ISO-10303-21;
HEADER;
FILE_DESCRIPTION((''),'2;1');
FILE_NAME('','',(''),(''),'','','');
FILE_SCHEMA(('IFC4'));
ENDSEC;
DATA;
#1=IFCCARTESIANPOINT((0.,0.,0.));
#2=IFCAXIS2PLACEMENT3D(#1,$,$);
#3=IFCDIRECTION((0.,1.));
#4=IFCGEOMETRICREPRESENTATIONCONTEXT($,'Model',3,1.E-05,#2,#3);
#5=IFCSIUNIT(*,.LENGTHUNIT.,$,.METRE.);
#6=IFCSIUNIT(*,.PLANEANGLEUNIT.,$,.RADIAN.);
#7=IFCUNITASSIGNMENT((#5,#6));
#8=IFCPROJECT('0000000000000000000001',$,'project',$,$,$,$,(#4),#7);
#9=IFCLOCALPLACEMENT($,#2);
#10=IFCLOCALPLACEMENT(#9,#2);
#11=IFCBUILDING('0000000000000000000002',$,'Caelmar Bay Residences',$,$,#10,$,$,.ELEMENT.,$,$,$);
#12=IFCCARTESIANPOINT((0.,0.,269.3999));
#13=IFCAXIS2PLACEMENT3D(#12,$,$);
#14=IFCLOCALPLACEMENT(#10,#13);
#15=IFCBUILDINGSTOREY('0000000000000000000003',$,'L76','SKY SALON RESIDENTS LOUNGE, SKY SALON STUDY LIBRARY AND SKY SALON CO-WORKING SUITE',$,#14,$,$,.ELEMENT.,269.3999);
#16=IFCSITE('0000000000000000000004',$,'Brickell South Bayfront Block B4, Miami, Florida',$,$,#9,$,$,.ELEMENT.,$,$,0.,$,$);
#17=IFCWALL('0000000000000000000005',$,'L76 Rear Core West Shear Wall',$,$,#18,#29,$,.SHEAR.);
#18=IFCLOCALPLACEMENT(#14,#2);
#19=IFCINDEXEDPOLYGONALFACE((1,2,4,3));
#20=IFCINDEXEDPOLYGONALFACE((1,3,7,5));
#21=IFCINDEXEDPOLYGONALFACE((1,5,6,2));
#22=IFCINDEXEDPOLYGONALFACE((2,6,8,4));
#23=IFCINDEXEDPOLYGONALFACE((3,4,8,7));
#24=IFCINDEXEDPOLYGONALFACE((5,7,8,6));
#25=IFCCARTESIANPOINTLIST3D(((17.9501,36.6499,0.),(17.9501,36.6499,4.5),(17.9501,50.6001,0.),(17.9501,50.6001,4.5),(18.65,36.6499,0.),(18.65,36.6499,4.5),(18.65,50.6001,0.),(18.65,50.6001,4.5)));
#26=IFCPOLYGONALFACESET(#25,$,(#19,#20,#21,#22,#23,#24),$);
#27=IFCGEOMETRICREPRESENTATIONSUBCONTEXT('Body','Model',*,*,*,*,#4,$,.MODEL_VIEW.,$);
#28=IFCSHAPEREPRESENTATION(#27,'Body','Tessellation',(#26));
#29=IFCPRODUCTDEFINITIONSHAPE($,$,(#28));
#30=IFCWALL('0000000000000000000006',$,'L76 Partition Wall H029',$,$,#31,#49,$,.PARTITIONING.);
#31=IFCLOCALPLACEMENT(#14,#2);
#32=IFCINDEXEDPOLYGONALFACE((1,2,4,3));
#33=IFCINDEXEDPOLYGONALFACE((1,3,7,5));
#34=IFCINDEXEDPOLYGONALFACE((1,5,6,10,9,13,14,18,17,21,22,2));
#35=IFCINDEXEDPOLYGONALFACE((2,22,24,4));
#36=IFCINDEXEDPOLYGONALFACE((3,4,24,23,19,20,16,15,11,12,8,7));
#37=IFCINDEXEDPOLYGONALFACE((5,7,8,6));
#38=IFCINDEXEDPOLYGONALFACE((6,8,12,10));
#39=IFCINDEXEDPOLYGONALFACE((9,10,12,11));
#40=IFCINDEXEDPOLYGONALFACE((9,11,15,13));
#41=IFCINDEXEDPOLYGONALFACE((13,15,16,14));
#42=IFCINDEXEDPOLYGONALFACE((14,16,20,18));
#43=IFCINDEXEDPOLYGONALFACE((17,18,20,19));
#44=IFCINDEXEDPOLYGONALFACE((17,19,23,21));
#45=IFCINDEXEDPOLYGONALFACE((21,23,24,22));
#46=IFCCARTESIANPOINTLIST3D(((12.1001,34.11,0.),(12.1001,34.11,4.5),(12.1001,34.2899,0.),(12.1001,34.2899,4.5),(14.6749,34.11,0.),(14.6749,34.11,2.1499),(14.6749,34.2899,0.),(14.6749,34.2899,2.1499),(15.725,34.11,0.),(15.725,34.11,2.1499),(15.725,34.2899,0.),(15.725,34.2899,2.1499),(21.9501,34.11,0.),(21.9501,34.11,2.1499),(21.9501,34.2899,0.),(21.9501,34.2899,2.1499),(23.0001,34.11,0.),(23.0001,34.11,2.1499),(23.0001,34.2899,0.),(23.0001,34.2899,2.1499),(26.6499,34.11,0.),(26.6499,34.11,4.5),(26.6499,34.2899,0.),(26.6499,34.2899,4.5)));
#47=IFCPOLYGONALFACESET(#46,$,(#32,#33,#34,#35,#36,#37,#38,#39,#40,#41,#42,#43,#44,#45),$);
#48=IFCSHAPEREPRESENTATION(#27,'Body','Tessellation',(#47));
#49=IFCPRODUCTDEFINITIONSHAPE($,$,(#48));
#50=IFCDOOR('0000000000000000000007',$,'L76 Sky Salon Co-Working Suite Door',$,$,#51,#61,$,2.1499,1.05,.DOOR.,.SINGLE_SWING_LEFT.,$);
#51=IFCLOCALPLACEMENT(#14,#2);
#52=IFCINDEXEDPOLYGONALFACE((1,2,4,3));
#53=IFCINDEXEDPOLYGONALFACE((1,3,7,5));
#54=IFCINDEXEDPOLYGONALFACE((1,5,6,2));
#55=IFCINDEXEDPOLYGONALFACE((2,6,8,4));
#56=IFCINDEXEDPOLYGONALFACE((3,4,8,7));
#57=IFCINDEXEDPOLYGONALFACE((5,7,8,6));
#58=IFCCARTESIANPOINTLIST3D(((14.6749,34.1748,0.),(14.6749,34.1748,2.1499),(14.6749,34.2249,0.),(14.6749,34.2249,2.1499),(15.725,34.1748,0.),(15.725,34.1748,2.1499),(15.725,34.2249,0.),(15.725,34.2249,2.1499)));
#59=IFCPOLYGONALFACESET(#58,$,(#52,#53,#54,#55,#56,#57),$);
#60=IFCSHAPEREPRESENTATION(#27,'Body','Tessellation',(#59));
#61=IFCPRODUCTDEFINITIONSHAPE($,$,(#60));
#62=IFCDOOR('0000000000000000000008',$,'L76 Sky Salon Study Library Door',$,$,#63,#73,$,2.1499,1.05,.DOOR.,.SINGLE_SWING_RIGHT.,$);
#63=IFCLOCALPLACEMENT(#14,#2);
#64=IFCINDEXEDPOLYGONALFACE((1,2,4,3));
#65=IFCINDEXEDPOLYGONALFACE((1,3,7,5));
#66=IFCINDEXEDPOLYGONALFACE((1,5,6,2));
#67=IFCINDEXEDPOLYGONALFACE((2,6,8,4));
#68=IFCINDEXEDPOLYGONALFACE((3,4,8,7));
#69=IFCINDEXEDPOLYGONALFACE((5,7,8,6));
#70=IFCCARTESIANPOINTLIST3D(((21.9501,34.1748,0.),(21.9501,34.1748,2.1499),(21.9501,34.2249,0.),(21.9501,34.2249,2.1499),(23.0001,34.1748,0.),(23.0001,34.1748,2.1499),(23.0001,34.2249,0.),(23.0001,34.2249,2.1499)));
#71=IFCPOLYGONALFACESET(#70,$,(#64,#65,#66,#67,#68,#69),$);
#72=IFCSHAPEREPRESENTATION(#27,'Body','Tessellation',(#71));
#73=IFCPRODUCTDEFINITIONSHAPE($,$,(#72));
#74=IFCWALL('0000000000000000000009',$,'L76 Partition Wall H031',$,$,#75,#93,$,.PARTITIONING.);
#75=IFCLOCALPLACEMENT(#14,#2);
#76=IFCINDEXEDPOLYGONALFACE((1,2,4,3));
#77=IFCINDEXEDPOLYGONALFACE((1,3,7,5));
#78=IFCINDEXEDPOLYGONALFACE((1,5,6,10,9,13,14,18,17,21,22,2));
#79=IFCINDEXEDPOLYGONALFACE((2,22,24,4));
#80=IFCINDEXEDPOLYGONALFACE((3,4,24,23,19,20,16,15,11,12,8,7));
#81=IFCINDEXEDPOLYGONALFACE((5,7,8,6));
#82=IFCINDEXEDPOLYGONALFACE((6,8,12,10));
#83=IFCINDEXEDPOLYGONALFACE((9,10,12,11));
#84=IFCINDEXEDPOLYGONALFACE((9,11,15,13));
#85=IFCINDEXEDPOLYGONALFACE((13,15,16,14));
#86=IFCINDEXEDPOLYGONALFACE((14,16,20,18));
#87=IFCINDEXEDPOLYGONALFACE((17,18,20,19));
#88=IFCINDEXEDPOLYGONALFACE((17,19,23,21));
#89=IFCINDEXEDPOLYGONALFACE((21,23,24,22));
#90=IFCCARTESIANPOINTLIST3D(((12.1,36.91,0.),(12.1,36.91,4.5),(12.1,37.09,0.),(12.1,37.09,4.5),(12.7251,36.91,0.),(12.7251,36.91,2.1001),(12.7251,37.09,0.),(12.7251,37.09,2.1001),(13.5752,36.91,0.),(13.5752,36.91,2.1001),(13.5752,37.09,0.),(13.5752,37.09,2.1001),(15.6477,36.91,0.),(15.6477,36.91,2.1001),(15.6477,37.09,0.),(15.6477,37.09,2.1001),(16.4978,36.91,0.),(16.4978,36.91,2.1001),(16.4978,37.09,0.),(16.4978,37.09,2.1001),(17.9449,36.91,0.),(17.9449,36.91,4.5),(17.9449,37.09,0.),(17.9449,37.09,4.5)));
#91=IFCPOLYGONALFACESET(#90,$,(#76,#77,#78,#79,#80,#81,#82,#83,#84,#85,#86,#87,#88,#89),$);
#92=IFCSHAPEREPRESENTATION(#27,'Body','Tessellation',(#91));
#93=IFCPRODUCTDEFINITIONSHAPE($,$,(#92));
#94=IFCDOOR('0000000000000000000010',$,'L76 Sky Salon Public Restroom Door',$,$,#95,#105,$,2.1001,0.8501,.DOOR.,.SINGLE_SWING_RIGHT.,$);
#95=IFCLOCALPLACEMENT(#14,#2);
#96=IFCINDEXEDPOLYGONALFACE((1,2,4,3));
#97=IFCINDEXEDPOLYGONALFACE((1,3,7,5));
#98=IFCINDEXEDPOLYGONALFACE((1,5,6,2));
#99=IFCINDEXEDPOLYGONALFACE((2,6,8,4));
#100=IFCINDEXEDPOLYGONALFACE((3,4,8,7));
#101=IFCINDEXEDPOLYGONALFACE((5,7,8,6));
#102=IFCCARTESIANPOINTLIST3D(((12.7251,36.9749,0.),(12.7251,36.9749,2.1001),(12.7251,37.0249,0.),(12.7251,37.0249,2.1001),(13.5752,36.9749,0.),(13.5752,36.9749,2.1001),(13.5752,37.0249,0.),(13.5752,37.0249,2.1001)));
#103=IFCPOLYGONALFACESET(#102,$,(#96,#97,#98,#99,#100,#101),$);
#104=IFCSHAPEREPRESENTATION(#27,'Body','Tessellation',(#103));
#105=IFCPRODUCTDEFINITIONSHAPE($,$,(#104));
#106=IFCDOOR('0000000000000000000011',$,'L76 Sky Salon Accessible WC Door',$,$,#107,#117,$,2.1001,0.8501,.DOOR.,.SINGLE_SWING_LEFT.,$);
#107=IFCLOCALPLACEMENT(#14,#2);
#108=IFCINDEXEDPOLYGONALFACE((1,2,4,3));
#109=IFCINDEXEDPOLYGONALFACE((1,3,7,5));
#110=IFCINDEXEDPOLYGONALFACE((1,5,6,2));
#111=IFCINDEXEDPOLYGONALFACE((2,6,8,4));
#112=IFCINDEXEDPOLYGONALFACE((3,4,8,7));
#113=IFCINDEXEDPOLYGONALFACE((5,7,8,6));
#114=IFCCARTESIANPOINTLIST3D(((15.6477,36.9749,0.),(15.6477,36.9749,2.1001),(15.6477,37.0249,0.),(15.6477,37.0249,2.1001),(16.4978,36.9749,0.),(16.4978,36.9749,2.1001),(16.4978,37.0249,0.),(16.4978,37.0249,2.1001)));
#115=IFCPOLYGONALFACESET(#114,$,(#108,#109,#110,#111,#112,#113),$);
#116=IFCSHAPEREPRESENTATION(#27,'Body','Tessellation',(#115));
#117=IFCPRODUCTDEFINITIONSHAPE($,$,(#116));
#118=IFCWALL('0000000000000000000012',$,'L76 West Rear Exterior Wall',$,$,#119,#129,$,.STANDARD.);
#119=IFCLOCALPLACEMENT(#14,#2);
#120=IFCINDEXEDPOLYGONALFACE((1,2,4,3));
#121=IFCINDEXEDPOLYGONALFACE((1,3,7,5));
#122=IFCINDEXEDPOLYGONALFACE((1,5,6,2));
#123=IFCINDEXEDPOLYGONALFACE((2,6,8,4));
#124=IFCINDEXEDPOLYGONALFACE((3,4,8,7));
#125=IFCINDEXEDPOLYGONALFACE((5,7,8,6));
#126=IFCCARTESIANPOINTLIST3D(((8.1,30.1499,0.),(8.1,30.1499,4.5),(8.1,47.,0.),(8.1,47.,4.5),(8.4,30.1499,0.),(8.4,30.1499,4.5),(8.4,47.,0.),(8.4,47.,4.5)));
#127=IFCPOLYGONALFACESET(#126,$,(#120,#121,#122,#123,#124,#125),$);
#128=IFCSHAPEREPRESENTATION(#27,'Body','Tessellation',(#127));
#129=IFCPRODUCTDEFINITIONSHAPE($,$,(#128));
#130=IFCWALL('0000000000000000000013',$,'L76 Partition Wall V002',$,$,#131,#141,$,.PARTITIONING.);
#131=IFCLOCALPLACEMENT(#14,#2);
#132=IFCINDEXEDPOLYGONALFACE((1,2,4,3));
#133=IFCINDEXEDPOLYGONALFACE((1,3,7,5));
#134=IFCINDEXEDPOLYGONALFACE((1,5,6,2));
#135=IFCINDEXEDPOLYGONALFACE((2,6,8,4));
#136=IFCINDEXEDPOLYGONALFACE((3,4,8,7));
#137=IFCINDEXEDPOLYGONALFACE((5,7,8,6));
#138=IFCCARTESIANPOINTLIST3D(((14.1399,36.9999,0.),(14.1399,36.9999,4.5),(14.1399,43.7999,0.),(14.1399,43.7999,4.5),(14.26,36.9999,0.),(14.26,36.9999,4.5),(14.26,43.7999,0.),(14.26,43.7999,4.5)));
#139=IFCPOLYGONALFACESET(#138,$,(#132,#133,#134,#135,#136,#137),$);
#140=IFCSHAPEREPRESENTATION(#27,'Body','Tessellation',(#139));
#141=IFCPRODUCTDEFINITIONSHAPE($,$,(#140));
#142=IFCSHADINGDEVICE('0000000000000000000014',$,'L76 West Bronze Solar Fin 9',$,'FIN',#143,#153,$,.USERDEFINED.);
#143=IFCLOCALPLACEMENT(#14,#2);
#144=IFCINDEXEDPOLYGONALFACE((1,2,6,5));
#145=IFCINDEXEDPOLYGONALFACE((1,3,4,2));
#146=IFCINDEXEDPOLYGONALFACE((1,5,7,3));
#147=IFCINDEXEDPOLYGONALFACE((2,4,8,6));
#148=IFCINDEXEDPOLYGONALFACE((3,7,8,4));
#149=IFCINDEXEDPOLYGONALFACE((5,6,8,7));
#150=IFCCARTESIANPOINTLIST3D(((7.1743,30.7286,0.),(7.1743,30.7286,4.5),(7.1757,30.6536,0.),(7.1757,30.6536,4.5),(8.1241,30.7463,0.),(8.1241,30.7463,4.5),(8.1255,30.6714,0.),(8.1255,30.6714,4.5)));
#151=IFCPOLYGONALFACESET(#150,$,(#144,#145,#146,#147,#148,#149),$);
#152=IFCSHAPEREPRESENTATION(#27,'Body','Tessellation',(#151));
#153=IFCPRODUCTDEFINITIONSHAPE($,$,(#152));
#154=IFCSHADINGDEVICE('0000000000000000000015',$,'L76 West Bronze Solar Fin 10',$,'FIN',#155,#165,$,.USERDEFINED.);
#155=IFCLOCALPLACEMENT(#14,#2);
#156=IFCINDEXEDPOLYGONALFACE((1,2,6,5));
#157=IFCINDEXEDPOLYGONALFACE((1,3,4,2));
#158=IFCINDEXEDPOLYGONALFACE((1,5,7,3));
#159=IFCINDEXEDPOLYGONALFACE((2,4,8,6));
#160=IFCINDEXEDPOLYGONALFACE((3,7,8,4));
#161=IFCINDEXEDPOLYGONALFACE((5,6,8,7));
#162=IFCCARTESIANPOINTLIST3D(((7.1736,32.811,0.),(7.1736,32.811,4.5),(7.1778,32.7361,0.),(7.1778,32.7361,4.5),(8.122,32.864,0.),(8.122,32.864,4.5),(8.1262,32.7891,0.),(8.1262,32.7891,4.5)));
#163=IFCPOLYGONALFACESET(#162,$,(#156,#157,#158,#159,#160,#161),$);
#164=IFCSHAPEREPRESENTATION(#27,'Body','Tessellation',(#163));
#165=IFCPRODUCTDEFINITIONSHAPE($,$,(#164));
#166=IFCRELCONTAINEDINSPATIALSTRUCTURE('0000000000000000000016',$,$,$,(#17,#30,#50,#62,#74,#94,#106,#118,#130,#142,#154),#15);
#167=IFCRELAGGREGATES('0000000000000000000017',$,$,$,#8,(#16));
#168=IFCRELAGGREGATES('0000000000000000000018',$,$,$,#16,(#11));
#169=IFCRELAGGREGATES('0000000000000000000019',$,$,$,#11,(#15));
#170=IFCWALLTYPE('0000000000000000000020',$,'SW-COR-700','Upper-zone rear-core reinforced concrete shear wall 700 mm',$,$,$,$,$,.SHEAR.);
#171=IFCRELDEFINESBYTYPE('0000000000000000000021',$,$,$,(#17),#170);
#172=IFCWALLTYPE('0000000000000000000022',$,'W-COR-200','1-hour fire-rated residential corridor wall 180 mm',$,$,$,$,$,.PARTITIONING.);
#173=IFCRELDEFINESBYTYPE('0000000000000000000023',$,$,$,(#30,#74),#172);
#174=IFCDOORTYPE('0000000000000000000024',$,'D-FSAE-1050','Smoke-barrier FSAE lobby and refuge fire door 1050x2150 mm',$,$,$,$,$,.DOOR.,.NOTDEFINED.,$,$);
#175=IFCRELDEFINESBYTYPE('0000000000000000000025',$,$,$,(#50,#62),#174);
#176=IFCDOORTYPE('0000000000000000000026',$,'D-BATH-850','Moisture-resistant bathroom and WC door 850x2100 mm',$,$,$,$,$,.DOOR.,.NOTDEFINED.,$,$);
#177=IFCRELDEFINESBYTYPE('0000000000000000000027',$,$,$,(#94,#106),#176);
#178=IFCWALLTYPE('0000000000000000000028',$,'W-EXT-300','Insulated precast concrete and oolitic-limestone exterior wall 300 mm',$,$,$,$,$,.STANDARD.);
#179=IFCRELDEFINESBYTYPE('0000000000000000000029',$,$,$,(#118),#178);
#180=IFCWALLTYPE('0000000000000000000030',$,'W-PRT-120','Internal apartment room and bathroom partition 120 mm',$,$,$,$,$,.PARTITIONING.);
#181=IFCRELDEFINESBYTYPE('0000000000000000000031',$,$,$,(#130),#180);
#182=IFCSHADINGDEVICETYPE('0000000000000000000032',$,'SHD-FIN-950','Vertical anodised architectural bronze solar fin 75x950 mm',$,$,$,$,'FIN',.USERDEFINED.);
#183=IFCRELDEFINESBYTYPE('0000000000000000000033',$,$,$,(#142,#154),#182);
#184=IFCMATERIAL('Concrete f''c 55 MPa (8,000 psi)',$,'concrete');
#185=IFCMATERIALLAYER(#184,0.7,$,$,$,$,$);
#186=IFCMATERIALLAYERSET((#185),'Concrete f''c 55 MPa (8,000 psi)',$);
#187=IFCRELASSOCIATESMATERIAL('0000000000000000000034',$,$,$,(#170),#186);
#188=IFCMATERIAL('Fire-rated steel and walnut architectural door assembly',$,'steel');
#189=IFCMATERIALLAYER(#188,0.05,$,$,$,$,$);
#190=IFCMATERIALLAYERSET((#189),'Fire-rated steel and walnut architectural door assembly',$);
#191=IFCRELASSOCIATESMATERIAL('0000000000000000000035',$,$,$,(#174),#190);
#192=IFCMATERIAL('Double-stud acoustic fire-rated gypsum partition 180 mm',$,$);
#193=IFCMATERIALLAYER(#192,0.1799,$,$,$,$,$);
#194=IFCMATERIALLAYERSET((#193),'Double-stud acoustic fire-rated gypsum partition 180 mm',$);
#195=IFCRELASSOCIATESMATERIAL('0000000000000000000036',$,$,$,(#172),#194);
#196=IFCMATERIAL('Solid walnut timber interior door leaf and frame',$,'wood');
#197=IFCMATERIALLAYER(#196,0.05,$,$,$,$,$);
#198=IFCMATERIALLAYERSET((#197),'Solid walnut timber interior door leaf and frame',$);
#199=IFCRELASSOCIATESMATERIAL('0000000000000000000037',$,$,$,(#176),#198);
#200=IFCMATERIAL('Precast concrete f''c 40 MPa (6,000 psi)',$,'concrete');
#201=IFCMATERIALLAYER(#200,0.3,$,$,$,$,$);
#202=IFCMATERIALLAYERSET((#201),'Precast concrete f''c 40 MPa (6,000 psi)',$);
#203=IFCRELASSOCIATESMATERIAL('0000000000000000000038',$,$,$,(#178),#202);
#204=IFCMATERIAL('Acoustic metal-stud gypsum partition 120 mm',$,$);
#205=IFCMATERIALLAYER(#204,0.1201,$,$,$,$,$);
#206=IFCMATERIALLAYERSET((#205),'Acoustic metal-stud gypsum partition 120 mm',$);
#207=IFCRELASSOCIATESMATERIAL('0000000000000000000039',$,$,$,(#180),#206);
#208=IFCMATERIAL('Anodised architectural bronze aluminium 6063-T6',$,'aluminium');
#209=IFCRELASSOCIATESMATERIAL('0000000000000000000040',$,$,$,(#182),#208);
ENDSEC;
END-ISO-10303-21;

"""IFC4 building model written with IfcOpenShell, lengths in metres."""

from ifc_helpers import new_model, si_unit, direction, frame, frame_2d, origin, origin_2d, place, context, subcontext, project, spatial, rectangle, extrude, material, layer, layer_set, material_profile, profile_set, type_object, element, fill, save


model = new_model("IFC4")

# Units and contexts
model_context = context("Model", 3, precision=1e-05, world=origin(), true_north=direction((0.0, 1.0)))
body_context = subcontext(model_context, "Body", "Model", "MODEL_VIEW")
ifc_project = project(units=[si_unit("LENGTHUNIT", "METRE"), si_unit("PLANEANGLEUNIT", "RADIAN")], contexts=[model_context])

# Site, building, storey
site_placement = place(None, origin())
site = spatial("IfcSite", under=ifc_project, at=site_placement, Name="Brickell South Bayfront Block B4, Miami, Florida", CompositionType="ELEMENT", RefElevation=0.0)
building_placement = place(site_placement, origin())
building = spatial("IfcBuilding", under=site, at=building_placement, Name="Caelmar Bay Residences", CompositionType="ELEMENT")
storey_placement = place(building_placement, frame((0.0, 0.0, 269.3999)))
storey = spatial("IfcBuildingStorey", under=building, at=storey_placement, Name="L76", Description="SKY SALON RESIDENTS LOUNGE, SKY SALON STUDY LIBRARY AND SKY SALON CO-WORKING SUITE", CompositionType="ELEMENT", Elevation=269.3999)

# Shared definitions
ifc_material_1 = material(Name="Concrete f'c 55 MPa (8,000 psi)", Category="concrete")
ifc_layer_1 = layer(ifc_material_1, 0.7)
ifc_layer_set_1 = layer_set([ifc_layer_1], Name="Concrete f'c 55 MPa (8,000 psi)")
wall_type_1 = type_object("IfcWallType", Name="SW-COR-700", Description="Upper-zone rear-core reinforced concrete shear wall 700 mm", PredefinedType="SHEAR", material=ifc_layer_set_1)
ifc_material_2 = material(Name="Fire-rated steel and walnut architectural door assembly", Category="steel")
ifc_layer_2 = layer(ifc_material_2, 0.05)
ifc_layer_set_2 = layer_set([ifc_layer_2], Name="Fire-rated steel and walnut architectural door assembly")
door_type_1 = type_object("IfcDoorType", Name="D-FSAE-1050", Description="Smoke-barrier FSAE lobby and refuge fire door 1050x2150 mm", OperationType="NOTDEFINED", PredefinedType="DOOR", material=ifc_layer_set_2)

# Wall
wall_1_placement = place(storey_placement, frame((18.3, 36.6499, 0.0), z_axis=(0.0, 0.0, 1.0), x_axis=(0.0, 1.0, 0.0)))
element("IfcWall", 1, at=wall_1_placement, inside=storey, type_object=wall_type_1, Name="L76 Rear Core West Shear Wall", PredefinedType="SHEAR", context=body_context, shape_type="SweptSolid", body=[
    extrude(rectangle(XDim=13.9502, YDim=0.7, at=frame_2d((6.9751, 0.0))), origin(), (0.0, 0.0, 1.0), 4.5),
])

# Walls, openings, doors
ifc_material_3 = material(Name="Double-stud acoustic fire-rated gypsum partition 180 mm")
ifc_layer_3 = layer(ifc_material_3, 0.1799)
ifc_layer_set_3 = layer_set([ifc_layer_3], Name="Double-stud acoustic fire-rated gypsum partition 180 mm")
wall_type_2 = type_object("IfcWallType", Name="W-COR-200", Description="1-hour fire-rated residential corridor wall 180 mm", PredefinedType="PARTITIONING", material=ifc_layer_set_3)
wall_2_placement = place(storey_placement, frame((12.1001, 34.2, 0.0), z_axis=(0.0, 0.0, 1.0), x_axis=(1.0, 0.0, 0.0)))
wall_2 = element("IfcWall", 2, at=wall_2_placement, inside=storey, type_object=wall_type_2, Name="L76 Partition Wall H029", PredefinedType="PARTITIONING", context=body_context, shape_type="SweptSolid", body=[
    extrude(rectangle(XDim=14.5498, YDim=0.1799, at=frame_2d((7.2749, 0.0))), origin(), (0.0, 0.0, 1.0), 4.5),
])
opening_1_placement = place(wall_2_placement, frame((2.575, 0.0, 0.0)))
opening_1 = element("IfcOpeningElement", 3, at=opening_1_placement, cuts=wall_2, PredefinedType="OPENING", context=body_context, shape_type="SweptSolid", body=[
    extrude(rectangle(XDim=1.05, YDim=2.1499, at=frame_2d((0.5249, 1.075))), frame((0.0, 0.0999, 0.0), z_axis=(0.0, -1.0, 0.0), x_axis=(1.0, 0.0, 0.0)), (0.0, 0.0, 1.0), 0.2),
])
opening_2_placement = place(wall_2_placement, frame((9.8501, 0.0, 0.0)))
opening_2 = element("IfcOpeningElement", 4, at=opening_2_placement, cuts=wall_2, PredefinedType="OPENING", context=body_context, shape_type="SweptSolid", body=[
    extrude(rectangle(XDim=1.05, YDim=2.1499, at=frame_2d((0.5249, 1.075))), frame((0.0, 0.0999, 0.0), z_axis=(0.0, -1.0, 0.0), x_axis=(1.0, 0.0, 0.0)), (0.0, 0.0, 1.0), 0.2),
])
door_1_placement = place(opening_1_placement, origin())
door_1 = element("IfcDoor", 5, at=door_1_placement, inside=storey, type_object=door_type_1, Name="L76 Sky Salon Co-Working Suite Door", OperationType="SINGLE_SWING_LEFT", OverallHeight=2.1499, OverallWidth=1.05, PredefinedType="DOOR", context=body_context, shape_type="SweptSolid", body=[
    extrude(rectangle(XDim=1.05, YDim=2.1499, at=frame_2d((0.5249, 1.075))), frame((0.0, 0.0249, 0.0), z_axis=(0.0, -1.0, 0.0), x_axis=(1.0, 0.0, 0.0)), (0.0, 0.0, 1.0), 0.05),
])
fill(opening_1, door_1)
door_2_placement = place(opening_2_placement, origin())
door_2 = element("IfcDoor", 6, at=door_2_placement, inside=storey, type_object=door_type_1, Name="L76 Sky Salon Study Library Door", OperationType="SINGLE_SWING_RIGHT", OverallHeight=2.1499, OverallWidth=1.05, PredefinedType="DOOR", context=body_context, shape_type="SweptSolid", body=[
    extrude(rectangle(XDim=1.05, YDim=2.1499, at=frame_2d((0.5249, 1.075))), frame((0.0, 0.0249, 0.0), z_axis=(0.0, -1.0, 0.0), x_axis=(1.0, 0.0, 0.0)), (0.0, 0.0, 1.0), 0.05),
])
fill(opening_2, door_2)
wall_3_placement = place(storey_placement, frame((12.1001, 37.0, 0.0), z_axis=(0.0, 0.0, 1.0), x_axis=(1.0, 0.0, 0.0)))
wall_3 = element("IfcWall", 7, at=wall_3_placement, inside=storey, type_object=wall_type_2, Name="L76 Partition Wall H031", PredefinedType="PARTITIONING", context=body_context, shape_type="SweptSolid", body=[
    extrude(rectangle(XDim=5.845, YDim=0.1799, at=frame_2d((2.9224, 0.0))), origin(), (0.0, 0.0, 1.0), 4.5),
])
opening_3_placement = place(wall_3_placement, frame((0.625, 0.0, 0.0)))
opening_3 = element("IfcOpeningElement", 8, at=opening_3_placement, cuts=wall_3, PredefinedType="OPENING", context=body_context, shape_type="SweptSolid", body=[
    extrude(rectangle(XDim=0.8501, YDim=2.1001, at=frame_2d((0.425, 1.05))), frame((0.0, 0.0999, 0.0), z_axis=(0.0, -1.0, 0.0), x_axis=(1.0, 0.0, 0.0)), (0.0, 0.0, 1.0), 0.2),
])
opening_4_placement = place(wall_3_placement, frame((3.5476, 0.0, 0.0)))
opening_4 = element("IfcOpeningElement", 9, at=opening_4_placement, cuts=wall_3, PredefinedType="OPENING", context=body_context, shape_type="SweptSolid", body=[
    extrude(rectangle(XDim=0.8501, YDim=2.1001, at=frame_2d((0.425, 1.05))), frame((0.0, 0.0999, 0.0), z_axis=(0.0, -1.0, 0.0), x_axis=(1.0, 0.0, 0.0)), (0.0, 0.0, 1.0), 0.2),
])
ifc_material_4 = material(Name="Solid walnut timber interior door leaf and frame", Category="wood")
ifc_layer_4 = layer(ifc_material_4, 0.05)
ifc_layer_set_4 = layer_set([ifc_layer_4], Name="Solid walnut timber interior door leaf and frame")
door_type_2 = type_object("IfcDoorType", Name="D-BATH-850", Description="Moisture-resistant bathroom and WC door 850x2100 mm", OperationType="NOTDEFINED", PredefinedType="DOOR", material=ifc_layer_set_4)
door_3_placement = place(opening_3_placement, origin())
door_3 = element("IfcDoor", 10, at=door_3_placement, inside=storey, type_object=door_type_2, Name="L76 Sky Salon Public Restroom Door", OperationType="SINGLE_SWING_RIGHT", OverallHeight=2.1001, OverallWidth=0.8501, PredefinedType="DOOR", context=body_context, shape_type="SweptSolid", body=[
    extrude(rectangle(XDim=0.8501, YDim=2.1001, at=frame_2d((0.425, 1.05))), frame((0.0, 0.0249, 0.0), z_axis=(0.0, -1.0, 0.0), x_axis=(1.0, 0.0, 0.0)), (0.0, 0.0, 1.0), 0.05),
])
fill(opening_3, door_3)
door_4_placement = place(opening_4_placement, origin())
door_4 = element("IfcDoor", 11, at=door_4_placement, inside=storey, type_object=door_type_2, Name="L76 Sky Salon Accessible WC Door", OperationType="SINGLE_SWING_LEFT", OverallHeight=2.1001, OverallWidth=0.8501, PredefinedType="DOOR", context=body_context, shape_type="SweptSolid", body=[
    extrude(rectangle(XDim=0.8501, YDim=2.1001, at=frame_2d((0.425, 1.05))), frame((0.0, 0.0249, 0.0), z_axis=(0.0, -1.0, 0.0), x_axis=(1.0, 0.0, 0.0)), (0.0, 0.0, 1.0), 0.05),
])
fill(opening_4, door_4)

# Walls
ifc_material_5 = material(Name="Precast concrete f'c 40 MPa (6,000 psi)", Category="concrete")
ifc_layer_5 = layer(ifc_material_5, 0.3)
ifc_layer_set_5 = layer_set([ifc_layer_5], Name="Precast concrete f'c 40 MPa (6,000 psi)")
wall_type_3 = type_object("IfcWallType", Name="W-EXT-300", Description="Insulated precast concrete and oolitic-limestone exterior wall 300 mm", PredefinedType="STANDARD", material=ifc_layer_set_5)
wall_4_placement = place(storey_placement, frame((8.25, 30.1499, 0.0), z_axis=(0.0, 0.0, 1.0), x_axis=(0.0, 1.0, 0.0)))
element("IfcWall", 12, at=wall_4_placement, inside=storey, type_object=wall_type_3, Name="L76 West Rear Exterior Wall", PredefinedType="STANDARD", context=body_context, shape_type="SweptSolid", body=[
    extrude(rectangle(XDim=16.8501, YDim=0.3, at=frame_2d((8.425, 0.0))), origin(), (0.0, 0.0, 1.0), 4.5),
])
ifc_material_6 = material(Name="Acoustic metal-stud gypsum partition 120 mm")
ifc_layer_6 = layer(ifc_material_6, 0.1201)
ifc_layer_set_6 = layer_set([ifc_layer_6], Name="Acoustic metal-stud gypsum partition 120 mm")
wall_type_4 = type_object("IfcWallType", Name="W-PRT-120", Description="Internal apartment room and bathroom partition 120 mm", PredefinedType="PARTITIONING", material=ifc_layer_set_6)
wall_5_placement = place(storey_placement, frame((14.2, 37.0, 0.0), z_axis=(0.0, 0.0, 1.0), x_axis=(0.0, 1.0, 0.0)))
element("IfcWall", 13, at=wall_5_placement, inside=storey, type_object=wall_type_4, Name="L76 Partition Wall V002", PredefinedType="PARTITIONING", context=body_context, shape_type="SweptSolid", body=[
    extrude(rectangle(XDim=6.8, YDim=0.1201, at=frame_2d((3.3999, 0.0))), origin(), (0.0, 0.0, 1.0), 4.5),
])

# Shading devices
ifc_material_7 = material(Name="Anodised architectural bronze aluminium 6063-T6", Category="aluminium")
ifc_material_profile = material_profile(ifc_material_7, rectangle(XDim=0.075, YDim=0.95, at=origin_2d()), Name="BRONZE-FIN-75X950")
ifc_profile_set = profile_set([ifc_material_profile], Name="Anodised architectural bronze aluminium 6063-T6")
shading_device_type = type_object("IfcShadingDeviceType", Name="SHD-FIN-950", Description="Vertical anodised architectural bronze solar fin 75x950 mm", ElementType="FIN", PredefinedType="USERDEFINED", material=ifc_profile_set)
for number, where, z_axis, x_axis, name in (
    (14, (7.6499, 30.7, 0.0), (0.0, 0.0, 1.0), (-0.018674, 0.999826, 0.0), "L76 West Bronze Solar Fin 9"),
    (15, (7.6499, 32.8, 0.0), (0.0, 0.0, 1.0), (-0.055822, 0.998441, 0.0), "L76 West Bronze Solar Fin 10"),
):
    element("IfcShadingDevice", number, at=place(storey_placement, frame(where, z_axis=z_axis, x_axis=x_axis)), inside=storey, type_object=shading_device_type, Name=name, ObjectType="FIN", PredefinedType="USERDEFINED", context=body_context, shape_type="SweptSolid", body=[
        extrude(rectangle(XDim=0.075, YDim=0.95, at=origin_2d()), origin(), (0.0, 0.0, 1.0), 4.5),
    ])

save(model, "model.ifc")
